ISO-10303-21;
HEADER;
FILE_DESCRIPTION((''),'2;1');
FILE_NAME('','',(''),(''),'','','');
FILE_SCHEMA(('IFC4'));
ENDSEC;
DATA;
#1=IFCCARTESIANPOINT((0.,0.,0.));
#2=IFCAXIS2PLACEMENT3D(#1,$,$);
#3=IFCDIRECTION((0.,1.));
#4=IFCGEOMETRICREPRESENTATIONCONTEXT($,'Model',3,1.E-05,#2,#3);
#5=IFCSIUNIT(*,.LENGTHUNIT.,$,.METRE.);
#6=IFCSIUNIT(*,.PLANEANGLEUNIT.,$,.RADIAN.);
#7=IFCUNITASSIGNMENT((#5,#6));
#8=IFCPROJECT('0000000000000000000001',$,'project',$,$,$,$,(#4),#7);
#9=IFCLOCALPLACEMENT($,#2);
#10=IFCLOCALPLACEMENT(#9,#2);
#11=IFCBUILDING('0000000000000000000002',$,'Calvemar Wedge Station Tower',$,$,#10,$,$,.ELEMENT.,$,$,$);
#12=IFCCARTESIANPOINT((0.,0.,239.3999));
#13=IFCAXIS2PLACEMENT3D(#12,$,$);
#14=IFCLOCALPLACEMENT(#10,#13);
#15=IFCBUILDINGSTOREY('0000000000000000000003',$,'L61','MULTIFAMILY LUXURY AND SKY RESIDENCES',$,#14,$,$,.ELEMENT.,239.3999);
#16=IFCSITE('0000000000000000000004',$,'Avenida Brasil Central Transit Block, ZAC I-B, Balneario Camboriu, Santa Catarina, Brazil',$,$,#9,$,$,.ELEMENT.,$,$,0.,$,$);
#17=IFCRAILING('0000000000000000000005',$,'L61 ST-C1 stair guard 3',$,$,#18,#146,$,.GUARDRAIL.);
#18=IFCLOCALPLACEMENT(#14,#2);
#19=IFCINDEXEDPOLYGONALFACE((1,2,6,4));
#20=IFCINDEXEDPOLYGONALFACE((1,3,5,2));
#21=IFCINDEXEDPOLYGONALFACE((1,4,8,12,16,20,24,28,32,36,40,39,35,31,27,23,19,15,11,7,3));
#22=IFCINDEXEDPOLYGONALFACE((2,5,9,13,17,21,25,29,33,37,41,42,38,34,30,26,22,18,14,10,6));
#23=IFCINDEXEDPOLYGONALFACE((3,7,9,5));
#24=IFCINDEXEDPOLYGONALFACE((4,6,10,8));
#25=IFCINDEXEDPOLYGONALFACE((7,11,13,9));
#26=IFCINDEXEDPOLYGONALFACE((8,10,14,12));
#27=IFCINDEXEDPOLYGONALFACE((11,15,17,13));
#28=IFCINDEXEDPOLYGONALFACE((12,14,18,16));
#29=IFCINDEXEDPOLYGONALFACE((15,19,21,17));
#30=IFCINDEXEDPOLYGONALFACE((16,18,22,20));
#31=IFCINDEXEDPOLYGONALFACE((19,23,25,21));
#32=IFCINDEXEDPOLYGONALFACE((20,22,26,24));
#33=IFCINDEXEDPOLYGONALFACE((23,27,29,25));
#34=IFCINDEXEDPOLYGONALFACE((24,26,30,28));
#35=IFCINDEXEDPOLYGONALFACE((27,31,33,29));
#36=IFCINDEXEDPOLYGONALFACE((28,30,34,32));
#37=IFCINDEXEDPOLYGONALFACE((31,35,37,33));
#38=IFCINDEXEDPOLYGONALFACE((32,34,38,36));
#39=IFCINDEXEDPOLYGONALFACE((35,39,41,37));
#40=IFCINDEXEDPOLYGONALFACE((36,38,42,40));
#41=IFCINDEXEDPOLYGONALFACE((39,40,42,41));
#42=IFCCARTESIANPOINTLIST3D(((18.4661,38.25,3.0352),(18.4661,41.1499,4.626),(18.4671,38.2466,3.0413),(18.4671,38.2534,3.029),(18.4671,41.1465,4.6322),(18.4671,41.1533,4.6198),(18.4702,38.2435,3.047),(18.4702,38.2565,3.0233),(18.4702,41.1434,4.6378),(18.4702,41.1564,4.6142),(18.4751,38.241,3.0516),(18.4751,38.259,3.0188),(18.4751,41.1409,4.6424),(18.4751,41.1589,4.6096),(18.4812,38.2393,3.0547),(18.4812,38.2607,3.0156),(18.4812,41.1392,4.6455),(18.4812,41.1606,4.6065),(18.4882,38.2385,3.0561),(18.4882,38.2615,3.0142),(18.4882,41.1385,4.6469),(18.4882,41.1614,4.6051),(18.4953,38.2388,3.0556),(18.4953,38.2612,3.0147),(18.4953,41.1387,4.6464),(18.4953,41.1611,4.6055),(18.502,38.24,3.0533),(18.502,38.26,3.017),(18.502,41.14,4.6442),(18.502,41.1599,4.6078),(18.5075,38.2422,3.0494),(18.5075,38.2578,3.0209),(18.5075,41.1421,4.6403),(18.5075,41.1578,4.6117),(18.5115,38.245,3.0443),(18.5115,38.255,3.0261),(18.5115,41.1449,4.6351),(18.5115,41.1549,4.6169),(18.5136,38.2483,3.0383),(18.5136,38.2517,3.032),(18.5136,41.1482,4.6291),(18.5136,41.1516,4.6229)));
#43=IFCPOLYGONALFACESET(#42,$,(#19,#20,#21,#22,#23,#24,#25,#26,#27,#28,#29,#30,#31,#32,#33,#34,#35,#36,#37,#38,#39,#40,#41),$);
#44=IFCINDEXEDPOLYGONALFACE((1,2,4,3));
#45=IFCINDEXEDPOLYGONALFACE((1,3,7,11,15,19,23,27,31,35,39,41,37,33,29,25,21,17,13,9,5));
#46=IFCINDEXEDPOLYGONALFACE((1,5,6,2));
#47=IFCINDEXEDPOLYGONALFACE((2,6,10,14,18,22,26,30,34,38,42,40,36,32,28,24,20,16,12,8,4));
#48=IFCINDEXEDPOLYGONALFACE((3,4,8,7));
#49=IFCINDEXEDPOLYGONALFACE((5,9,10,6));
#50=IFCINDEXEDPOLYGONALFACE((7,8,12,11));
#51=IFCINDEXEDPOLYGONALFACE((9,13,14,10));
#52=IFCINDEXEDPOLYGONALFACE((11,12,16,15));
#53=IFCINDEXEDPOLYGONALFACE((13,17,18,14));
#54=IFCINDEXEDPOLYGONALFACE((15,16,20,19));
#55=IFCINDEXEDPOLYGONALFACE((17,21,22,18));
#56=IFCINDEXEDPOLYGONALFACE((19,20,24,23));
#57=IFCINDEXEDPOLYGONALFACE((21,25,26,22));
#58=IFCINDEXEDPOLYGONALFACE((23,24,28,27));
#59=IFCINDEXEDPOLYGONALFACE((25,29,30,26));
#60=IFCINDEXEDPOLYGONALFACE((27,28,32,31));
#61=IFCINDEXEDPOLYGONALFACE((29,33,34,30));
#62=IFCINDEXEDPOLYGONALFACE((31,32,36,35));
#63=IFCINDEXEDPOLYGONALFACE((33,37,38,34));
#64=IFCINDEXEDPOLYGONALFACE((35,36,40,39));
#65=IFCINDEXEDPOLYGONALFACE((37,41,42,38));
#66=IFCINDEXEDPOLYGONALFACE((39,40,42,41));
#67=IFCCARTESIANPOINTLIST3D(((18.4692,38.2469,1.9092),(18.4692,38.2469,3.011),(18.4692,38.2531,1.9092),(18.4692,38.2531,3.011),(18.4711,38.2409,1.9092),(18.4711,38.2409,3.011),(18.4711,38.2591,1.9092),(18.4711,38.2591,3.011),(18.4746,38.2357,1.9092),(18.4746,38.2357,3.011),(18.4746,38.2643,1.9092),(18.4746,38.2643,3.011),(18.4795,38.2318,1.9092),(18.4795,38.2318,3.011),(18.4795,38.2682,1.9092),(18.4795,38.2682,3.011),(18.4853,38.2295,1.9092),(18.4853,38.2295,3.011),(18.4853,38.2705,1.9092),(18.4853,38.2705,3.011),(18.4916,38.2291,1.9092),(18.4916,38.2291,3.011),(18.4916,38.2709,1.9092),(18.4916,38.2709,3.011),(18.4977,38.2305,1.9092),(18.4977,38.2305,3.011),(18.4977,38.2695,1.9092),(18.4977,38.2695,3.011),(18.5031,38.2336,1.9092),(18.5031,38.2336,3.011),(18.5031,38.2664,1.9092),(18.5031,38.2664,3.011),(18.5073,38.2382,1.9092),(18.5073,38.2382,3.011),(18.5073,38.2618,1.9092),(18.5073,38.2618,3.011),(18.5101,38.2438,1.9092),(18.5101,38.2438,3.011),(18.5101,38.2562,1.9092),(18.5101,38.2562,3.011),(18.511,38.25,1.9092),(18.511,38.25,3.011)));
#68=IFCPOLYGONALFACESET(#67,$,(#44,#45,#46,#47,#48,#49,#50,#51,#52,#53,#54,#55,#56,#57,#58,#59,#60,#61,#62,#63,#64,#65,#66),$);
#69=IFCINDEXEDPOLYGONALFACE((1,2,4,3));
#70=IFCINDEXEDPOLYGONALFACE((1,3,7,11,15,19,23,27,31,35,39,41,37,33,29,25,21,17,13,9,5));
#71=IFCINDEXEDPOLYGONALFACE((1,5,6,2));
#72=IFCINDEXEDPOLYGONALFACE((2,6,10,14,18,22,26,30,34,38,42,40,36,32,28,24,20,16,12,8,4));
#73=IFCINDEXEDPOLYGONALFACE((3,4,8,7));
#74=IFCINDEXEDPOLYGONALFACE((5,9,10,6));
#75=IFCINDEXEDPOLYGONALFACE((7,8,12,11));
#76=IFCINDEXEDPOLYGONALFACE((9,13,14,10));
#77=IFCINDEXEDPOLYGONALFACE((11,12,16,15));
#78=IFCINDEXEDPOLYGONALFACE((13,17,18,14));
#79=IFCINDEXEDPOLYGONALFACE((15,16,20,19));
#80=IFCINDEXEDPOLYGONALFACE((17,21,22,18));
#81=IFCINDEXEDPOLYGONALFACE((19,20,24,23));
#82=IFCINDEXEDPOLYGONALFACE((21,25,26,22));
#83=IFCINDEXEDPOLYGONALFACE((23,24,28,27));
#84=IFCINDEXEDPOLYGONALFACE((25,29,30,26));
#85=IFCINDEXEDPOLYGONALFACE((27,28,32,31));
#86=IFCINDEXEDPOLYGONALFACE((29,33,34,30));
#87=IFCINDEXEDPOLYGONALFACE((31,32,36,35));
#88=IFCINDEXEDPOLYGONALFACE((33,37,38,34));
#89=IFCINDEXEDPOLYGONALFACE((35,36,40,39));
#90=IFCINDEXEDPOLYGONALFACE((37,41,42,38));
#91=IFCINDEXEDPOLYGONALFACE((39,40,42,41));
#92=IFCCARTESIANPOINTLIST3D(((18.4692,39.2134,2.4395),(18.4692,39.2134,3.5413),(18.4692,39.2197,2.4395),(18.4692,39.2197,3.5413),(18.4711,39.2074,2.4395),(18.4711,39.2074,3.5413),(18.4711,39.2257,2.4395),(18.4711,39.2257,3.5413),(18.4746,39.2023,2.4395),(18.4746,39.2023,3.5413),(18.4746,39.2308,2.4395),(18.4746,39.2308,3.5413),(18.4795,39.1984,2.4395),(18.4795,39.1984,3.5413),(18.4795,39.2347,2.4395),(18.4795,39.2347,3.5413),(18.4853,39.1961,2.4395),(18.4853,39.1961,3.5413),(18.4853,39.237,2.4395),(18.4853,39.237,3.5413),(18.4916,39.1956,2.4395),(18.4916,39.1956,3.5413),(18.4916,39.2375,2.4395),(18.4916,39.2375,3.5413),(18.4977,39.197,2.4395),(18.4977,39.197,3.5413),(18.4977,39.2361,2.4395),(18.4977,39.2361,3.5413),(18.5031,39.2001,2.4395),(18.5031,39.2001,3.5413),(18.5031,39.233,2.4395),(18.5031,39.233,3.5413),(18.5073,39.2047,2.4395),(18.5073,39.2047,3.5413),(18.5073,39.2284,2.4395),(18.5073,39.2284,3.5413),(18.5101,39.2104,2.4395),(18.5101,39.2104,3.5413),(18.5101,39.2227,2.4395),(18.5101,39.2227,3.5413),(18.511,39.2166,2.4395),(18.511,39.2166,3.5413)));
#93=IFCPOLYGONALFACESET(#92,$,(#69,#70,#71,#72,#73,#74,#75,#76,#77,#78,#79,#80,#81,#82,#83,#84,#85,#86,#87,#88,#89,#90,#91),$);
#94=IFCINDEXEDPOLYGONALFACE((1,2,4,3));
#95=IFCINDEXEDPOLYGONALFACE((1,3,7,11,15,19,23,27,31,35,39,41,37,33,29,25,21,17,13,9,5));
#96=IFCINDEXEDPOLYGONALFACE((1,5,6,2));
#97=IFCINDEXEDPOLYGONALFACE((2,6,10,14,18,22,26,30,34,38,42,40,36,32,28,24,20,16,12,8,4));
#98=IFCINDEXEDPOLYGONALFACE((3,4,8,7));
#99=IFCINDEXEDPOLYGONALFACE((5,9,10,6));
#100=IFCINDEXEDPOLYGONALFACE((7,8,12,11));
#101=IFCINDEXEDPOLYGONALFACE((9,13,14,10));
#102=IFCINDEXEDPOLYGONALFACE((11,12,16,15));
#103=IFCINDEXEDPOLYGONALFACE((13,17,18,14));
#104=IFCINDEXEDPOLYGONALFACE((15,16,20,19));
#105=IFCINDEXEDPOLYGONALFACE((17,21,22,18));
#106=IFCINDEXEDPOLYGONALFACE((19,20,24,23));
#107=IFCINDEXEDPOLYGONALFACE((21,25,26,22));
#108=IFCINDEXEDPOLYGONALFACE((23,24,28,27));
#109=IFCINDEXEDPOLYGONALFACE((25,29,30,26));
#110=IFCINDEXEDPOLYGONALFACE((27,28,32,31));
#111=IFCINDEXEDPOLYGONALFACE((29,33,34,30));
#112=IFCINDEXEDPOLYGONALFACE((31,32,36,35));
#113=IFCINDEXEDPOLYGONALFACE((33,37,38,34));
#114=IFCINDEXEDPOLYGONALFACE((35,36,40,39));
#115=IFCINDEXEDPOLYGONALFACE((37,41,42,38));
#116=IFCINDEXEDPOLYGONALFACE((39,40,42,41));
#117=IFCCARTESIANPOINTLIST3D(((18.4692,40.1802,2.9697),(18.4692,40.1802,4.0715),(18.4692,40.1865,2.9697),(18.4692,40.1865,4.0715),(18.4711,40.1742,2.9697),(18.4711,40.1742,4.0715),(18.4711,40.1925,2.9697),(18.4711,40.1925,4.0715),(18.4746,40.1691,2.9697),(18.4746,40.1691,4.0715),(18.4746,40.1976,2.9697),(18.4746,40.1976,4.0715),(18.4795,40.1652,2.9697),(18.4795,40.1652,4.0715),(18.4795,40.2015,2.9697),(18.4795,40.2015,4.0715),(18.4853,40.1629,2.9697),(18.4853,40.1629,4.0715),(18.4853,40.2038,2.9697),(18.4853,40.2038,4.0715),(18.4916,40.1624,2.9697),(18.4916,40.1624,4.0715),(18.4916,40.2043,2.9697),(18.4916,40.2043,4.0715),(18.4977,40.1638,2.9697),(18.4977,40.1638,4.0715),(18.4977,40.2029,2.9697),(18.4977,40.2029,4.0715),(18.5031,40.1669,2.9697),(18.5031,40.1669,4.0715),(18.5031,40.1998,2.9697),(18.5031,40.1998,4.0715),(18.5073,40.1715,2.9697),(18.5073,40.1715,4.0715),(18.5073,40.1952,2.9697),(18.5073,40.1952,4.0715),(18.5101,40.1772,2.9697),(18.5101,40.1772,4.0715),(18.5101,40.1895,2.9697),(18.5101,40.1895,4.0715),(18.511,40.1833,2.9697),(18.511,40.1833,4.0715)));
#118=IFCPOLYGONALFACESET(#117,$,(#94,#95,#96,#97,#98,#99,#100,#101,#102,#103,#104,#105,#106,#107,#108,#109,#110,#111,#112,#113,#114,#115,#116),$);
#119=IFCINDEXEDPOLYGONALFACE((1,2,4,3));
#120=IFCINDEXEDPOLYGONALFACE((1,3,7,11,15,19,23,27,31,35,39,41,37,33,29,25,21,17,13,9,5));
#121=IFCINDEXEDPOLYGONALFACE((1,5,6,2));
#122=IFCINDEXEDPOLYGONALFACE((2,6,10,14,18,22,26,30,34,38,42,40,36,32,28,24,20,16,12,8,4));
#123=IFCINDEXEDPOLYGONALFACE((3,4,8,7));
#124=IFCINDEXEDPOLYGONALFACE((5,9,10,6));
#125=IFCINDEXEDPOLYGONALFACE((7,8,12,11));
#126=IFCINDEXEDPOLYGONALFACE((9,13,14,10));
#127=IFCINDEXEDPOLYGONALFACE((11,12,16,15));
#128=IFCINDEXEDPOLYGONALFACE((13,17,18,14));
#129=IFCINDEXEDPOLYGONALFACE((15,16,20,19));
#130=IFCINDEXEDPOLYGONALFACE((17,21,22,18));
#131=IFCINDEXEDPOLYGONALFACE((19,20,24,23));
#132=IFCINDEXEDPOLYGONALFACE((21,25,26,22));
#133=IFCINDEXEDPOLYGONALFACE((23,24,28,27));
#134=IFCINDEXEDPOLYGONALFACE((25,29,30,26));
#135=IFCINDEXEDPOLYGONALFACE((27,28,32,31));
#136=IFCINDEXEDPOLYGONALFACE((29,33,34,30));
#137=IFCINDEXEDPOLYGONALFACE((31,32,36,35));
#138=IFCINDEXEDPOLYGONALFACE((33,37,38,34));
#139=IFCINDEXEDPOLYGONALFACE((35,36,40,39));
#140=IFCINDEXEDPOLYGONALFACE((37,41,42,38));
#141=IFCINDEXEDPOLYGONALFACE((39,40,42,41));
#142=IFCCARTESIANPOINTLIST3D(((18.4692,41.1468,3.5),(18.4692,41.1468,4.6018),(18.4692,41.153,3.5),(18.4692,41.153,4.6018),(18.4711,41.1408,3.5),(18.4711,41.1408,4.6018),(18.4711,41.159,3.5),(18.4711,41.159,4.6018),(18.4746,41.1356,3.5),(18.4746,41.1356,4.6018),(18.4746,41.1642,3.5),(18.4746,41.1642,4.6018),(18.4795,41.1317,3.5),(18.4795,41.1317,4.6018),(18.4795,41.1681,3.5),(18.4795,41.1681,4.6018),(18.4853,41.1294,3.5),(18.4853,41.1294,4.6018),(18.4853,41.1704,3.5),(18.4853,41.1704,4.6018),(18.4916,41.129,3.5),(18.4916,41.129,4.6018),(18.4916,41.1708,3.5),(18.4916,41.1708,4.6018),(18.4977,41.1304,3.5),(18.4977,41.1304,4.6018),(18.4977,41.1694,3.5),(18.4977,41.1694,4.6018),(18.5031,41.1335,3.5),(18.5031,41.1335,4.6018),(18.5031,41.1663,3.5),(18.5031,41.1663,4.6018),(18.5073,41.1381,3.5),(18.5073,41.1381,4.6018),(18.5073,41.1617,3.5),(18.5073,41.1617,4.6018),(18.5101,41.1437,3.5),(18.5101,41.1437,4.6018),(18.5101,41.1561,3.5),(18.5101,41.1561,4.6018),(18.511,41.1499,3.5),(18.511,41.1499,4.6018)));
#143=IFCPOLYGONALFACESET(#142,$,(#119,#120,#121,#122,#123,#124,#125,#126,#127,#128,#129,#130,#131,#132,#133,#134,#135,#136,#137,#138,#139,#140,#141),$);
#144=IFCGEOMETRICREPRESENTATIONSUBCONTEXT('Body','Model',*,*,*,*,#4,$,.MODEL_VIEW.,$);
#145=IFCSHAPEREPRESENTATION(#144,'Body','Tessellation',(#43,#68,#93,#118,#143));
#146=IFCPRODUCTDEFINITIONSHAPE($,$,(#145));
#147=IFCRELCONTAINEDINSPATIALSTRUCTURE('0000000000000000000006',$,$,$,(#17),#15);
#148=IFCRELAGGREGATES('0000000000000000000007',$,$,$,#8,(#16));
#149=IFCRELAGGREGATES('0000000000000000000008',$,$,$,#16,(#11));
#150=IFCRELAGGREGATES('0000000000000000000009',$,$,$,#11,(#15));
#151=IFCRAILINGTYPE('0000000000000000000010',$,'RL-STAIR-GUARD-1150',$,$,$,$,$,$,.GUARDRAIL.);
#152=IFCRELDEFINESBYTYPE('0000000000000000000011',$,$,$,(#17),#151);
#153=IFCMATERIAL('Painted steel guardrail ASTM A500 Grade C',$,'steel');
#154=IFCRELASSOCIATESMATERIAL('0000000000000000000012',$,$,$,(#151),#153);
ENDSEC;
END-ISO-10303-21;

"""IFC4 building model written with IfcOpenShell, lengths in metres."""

from ifc_helpers import new_model, si_unit, direction, frame, origin, origin_2d, place, context, subcontext, project, spatial, circle, extrude, material, type_object, element, save


model = new_model("IFC4")

# Units and contexts
model_context = context("Model", 3, precision=1e-05, world=origin(), true_north=direction((0.0, 1.0)))
body_context = subcontext(model_context, "Body", "Model", "MODEL_VIEW")
ifc_project = project(units=[si_unit("LENGTHUNIT", "METRE"), si_unit("PLANEANGLEUNIT", "RADIAN")], contexts=[model_context])

# Site, building, storey
site_placement = place(None, origin())
site = spatial("IfcSite", under=ifc_project, at=site_placement, Name="Avenida Brasil Central Transit Block, ZAC I-B, Balneario Camboriu, Santa Catarina, Brazil", CompositionType="ELEMENT", RefElevation=0.0)
building_placement = place(site_placement, origin())
building = spatial("IfcBuilding", under=site, at=building_placement, Name="Calvemar Wedge Station Tower", CompositionType="ELEMENT")
storey_placement = place(building_placement, frame((0.0, 0.0, 239.3999)))
storey = spatial("IfcBuildingStorey", under=building, at=storey_placement, Name="L61", Description="MULTIFAMILY LUXURY AND SKY RESIDENCES", CompositionType="ELEMENT", Elevation=239.3999)

# Railing
ifc_material_1 = material(Name="Painted steel guardrail ASTM A500 Grade C", Category="steel")
railing_type_1 = type_object("IfcRailingType", Name="RL-STAIR-GUARD-1150", PredefinedType="GUARDRAIL", material=ifc_material_1)
railing_1_placement = place(storey_placement, frame((18.49, 38.25, 1.9092)))
element("IfcRailing", 1, at=railing_1_placement, inside=storey, type_object=railing_type_1, Name="L61 ST-C1 stair guard 3", PredefinedType="GUARDRAIL", context=body_context, shape_type="SweptSolid", body=[
    extrude(circle(Radius=0.0239, at=origin_2d()), frame((0.0, 0.0, 1.126), z_axis=(0.0, 0.876742, 0.480961), x_axis=(-1.0, 0.0, 0.0)), (0.0, 0.0, 1.0), 3.3076),
    extrude(circle(Radius=0.021, at=origin_2d()), origin(), (0.0, 0.0, 1.0), 1.1018),
    extrude(circle(Radius=0.021, at=origin_2d()), frame((0.0, 0.9666, 0.5303)), (0.0, 0.0, 1.0), 1.1018),
    extrude(circle(Radius=0.021, at=origin_2d()), frame((0.0, 1.9333, 1.0605)), (0.0, 0.0, 1.0), 1.1018),
    extrude(circle(Radius=0.021, at=origin_2d()), frame((0.0, 2.8999, 1.5908)), (0.0, 0.0, 1.0), 1.1018),
])

save(model, "model.ifc")
